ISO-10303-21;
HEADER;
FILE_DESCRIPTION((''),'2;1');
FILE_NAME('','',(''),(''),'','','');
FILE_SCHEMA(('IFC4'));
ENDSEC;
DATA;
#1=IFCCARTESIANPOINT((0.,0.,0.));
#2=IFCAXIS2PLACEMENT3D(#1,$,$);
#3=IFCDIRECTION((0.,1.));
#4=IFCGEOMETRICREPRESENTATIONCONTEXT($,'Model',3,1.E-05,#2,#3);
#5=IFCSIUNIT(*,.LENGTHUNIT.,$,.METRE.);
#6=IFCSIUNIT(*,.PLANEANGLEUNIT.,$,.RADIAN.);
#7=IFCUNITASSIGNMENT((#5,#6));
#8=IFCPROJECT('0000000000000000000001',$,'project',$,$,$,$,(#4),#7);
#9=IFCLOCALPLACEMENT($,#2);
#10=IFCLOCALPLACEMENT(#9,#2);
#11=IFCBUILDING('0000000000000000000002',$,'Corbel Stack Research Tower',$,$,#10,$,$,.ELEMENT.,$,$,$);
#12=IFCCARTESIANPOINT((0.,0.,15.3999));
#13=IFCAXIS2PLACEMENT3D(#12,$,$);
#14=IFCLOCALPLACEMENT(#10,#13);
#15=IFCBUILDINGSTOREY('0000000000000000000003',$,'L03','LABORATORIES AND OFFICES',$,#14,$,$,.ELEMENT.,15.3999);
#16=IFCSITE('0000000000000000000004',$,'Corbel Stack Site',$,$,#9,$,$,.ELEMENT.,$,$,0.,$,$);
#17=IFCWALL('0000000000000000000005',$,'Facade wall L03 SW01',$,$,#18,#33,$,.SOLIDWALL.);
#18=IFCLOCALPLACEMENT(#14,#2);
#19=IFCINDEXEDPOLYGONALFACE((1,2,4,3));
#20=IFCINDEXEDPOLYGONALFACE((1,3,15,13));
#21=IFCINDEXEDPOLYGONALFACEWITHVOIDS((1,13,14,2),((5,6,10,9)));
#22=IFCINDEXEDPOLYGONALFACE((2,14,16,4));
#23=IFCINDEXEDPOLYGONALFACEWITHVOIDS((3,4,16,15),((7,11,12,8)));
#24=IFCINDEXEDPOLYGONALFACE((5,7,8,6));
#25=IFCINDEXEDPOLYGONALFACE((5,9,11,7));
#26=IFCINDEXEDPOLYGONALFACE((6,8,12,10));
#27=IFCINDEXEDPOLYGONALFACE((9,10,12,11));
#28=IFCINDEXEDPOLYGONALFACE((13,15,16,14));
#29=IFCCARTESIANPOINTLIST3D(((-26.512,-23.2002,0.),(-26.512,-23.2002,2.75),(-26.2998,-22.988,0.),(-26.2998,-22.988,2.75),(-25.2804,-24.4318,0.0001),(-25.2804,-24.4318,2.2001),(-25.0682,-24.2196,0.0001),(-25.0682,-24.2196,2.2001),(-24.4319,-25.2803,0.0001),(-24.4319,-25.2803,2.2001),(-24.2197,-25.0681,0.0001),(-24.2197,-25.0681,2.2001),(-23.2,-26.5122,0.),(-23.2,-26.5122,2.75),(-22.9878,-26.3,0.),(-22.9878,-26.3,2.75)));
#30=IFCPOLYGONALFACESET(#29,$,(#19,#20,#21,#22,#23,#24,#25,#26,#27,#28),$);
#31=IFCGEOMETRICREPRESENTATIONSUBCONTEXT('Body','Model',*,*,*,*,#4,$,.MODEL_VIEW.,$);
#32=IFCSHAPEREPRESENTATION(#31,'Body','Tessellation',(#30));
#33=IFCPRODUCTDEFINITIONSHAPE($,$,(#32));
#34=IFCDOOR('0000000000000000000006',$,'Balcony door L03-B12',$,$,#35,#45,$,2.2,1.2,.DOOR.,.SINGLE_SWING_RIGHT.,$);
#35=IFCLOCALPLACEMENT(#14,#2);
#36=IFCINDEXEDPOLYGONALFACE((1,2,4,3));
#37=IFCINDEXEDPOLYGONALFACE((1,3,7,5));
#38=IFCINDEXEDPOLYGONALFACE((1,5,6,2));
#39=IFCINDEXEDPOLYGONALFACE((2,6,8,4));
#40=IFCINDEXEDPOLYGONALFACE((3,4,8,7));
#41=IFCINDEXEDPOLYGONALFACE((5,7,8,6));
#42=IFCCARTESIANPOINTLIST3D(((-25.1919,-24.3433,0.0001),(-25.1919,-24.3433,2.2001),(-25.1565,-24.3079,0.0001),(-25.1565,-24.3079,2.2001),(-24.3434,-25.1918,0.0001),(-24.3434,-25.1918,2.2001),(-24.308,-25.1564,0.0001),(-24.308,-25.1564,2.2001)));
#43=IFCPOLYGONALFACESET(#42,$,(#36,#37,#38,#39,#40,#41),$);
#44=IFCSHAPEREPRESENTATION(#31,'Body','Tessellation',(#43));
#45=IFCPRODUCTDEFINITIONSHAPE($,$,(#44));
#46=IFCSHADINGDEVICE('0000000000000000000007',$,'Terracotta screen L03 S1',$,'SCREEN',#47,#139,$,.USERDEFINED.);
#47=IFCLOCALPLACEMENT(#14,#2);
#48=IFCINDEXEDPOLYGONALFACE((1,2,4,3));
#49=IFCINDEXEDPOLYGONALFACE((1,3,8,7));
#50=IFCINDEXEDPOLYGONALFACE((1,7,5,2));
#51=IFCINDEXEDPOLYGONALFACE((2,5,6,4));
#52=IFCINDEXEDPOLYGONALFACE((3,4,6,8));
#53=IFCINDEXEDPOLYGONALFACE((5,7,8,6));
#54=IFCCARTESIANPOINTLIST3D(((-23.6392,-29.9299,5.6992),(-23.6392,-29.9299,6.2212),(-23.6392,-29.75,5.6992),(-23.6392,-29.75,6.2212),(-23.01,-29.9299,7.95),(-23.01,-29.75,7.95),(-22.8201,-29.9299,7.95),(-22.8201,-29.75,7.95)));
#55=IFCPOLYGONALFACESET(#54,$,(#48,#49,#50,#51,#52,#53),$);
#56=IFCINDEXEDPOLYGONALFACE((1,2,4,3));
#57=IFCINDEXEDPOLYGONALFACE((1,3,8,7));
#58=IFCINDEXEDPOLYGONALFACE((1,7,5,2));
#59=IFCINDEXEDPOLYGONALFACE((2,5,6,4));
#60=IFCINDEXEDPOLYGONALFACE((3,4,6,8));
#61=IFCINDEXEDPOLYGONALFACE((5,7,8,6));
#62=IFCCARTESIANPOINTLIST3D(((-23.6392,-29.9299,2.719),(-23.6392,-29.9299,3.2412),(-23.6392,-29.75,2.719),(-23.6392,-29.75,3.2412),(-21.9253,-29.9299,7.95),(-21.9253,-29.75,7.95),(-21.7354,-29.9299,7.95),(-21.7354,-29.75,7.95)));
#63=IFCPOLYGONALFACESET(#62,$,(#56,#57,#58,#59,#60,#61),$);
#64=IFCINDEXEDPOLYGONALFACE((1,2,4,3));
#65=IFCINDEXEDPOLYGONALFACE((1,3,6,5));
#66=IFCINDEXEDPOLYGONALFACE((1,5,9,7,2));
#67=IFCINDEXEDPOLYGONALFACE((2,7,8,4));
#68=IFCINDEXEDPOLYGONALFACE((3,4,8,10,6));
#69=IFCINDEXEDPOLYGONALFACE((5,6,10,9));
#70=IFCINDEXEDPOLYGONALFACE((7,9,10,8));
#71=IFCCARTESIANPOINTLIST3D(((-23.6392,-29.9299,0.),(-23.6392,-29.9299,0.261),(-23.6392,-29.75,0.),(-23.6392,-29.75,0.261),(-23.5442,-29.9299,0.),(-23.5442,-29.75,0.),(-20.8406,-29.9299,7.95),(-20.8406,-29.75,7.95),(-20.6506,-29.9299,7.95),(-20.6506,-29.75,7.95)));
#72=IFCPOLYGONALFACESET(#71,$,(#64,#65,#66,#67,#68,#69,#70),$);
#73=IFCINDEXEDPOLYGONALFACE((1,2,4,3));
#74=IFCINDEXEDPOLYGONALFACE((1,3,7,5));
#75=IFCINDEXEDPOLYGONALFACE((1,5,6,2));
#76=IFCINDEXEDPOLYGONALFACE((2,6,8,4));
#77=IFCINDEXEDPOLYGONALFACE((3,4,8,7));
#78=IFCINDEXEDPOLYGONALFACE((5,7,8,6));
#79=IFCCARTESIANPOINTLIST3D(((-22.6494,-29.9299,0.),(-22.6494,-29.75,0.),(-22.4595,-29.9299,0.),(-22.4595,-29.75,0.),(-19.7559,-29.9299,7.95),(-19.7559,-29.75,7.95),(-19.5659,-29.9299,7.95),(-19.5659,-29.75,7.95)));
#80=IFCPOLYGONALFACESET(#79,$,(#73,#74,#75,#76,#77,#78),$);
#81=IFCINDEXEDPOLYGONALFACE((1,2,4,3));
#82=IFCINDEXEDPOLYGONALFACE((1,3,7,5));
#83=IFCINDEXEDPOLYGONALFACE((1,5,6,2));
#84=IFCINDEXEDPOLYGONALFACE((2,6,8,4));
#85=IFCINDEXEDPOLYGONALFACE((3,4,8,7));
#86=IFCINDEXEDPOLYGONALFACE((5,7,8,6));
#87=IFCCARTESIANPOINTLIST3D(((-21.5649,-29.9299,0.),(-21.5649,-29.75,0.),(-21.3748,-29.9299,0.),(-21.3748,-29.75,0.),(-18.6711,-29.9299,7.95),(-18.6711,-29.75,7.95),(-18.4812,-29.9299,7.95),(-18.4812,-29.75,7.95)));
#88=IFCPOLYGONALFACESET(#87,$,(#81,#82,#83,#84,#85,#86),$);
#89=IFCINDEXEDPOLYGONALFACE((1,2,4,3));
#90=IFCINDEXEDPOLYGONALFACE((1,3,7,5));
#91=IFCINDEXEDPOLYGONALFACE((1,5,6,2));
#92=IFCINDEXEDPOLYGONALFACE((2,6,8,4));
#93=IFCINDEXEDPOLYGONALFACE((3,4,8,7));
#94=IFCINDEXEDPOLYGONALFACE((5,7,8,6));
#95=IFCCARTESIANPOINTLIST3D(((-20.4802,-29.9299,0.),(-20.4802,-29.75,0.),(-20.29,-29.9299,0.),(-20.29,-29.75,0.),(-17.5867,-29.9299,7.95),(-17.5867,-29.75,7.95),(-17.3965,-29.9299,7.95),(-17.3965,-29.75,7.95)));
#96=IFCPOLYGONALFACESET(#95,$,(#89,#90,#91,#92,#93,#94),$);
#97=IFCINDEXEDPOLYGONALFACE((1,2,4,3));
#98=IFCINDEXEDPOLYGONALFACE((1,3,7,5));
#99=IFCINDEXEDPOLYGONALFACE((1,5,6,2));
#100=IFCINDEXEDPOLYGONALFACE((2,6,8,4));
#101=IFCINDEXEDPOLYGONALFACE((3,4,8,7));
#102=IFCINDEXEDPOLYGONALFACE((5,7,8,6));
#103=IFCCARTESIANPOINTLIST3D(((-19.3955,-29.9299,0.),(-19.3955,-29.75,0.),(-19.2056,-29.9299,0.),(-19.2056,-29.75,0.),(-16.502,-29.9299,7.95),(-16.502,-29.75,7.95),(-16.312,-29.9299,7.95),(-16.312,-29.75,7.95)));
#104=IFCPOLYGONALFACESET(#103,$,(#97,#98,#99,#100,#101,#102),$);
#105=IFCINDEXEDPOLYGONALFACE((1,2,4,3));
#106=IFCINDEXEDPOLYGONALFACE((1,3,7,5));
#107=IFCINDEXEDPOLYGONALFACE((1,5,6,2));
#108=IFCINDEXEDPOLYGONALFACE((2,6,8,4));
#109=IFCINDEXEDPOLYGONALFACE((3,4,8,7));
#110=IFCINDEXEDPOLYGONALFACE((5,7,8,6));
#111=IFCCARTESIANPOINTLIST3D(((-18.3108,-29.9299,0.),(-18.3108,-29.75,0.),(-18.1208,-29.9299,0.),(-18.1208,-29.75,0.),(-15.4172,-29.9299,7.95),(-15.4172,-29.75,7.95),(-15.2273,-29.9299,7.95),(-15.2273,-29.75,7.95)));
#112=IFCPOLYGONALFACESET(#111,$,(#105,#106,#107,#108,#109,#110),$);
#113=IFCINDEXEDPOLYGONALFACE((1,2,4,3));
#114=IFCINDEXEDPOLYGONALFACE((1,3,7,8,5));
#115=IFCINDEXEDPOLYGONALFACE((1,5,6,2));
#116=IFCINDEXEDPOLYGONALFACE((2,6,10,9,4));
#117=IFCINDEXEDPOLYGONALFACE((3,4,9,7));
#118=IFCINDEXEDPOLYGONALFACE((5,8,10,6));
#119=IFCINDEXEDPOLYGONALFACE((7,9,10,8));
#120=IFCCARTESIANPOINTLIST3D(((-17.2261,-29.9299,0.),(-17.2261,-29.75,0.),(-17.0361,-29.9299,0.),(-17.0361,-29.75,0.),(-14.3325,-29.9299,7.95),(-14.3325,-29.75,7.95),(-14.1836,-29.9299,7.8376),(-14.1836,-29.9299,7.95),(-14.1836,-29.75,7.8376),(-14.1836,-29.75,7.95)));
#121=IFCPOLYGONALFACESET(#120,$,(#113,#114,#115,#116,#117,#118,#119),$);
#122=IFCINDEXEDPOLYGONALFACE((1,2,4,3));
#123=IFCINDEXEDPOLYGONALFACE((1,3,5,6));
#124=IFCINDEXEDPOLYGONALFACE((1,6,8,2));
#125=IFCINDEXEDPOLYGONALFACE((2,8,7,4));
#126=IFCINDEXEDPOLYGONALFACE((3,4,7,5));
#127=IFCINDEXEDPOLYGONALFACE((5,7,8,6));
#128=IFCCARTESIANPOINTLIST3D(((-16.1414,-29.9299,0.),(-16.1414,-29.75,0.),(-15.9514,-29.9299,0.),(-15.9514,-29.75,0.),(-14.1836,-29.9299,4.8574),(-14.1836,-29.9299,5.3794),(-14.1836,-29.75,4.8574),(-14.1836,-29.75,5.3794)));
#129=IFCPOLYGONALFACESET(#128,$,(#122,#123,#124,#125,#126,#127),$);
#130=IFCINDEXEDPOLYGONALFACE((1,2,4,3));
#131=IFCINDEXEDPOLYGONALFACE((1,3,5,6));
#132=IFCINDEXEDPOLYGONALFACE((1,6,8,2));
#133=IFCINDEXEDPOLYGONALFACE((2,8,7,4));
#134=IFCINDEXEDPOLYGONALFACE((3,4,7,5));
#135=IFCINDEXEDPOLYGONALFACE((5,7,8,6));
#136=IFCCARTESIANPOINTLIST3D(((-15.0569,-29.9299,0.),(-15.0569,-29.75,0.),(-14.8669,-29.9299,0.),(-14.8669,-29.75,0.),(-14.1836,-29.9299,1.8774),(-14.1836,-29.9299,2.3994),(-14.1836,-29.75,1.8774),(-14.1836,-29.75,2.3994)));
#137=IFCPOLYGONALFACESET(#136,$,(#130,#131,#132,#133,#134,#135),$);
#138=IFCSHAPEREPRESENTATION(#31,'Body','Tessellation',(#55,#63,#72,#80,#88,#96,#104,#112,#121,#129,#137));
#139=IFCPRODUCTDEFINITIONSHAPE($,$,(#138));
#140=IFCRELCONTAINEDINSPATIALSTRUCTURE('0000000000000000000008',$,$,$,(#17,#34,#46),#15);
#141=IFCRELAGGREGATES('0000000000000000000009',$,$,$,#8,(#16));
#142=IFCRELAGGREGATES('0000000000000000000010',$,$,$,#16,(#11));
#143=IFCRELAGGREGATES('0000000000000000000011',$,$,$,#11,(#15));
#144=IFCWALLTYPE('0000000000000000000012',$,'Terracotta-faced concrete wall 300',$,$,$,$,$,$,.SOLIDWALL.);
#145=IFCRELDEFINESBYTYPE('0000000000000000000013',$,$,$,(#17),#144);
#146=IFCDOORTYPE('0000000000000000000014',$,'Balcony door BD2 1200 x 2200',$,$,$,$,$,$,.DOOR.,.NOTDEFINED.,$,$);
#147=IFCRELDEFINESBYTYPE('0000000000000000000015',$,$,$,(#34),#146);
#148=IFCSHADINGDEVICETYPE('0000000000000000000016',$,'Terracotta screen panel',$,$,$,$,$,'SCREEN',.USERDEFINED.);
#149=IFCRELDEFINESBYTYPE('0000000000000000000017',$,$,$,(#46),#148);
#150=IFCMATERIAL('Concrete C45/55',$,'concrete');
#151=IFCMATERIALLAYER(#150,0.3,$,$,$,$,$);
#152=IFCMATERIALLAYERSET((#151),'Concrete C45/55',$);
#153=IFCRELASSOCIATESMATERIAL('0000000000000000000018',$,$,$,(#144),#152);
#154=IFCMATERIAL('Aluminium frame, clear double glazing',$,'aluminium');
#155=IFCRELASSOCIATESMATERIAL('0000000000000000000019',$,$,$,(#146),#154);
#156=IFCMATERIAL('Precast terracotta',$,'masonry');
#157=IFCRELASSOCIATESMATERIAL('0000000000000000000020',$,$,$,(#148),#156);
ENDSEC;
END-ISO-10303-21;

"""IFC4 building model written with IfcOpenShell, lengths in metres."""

from ifc_helpers import new_model, si_unit, direction, frame, frame_2d, origin, place, context, subcontext, project, spatial, polyline, rectangle, outline, extrude, source, transform, mapped, material, layer, layer_set, type_object, element, fill, save


model = new_model("IFC4")

# Units and contexts
model_context = context("Model", 3, precision=1e-05, world=origin(), true_north=direction((0.0, 1.0)))
body_context = subcontext(model_context, "Body", "Model", "MODEL_VIEW")
ifc_project = project(units=[si_unit("LENGTHUNIT", "METRE"), si_unit("PLANEANGLEUNIT", "RADIAN")], contexts=[model_context])

# Site, building, storey
site_placement = place(None, origin())
site = spatial("IfcSite", under=ifc_project, at=site_placement, Name="Corbel Stack Site", CompositionType="ELEMENT", RefElevation=0.0)
building_placement = place(site_placement, origin())
building = spatial("IfcBuilding", under=site, at=building_placement, Name="Corbel Stack Research Tower", CompositionType="ELEMENT")
storey_placement = place(building_placement, frame((0.0, 0.0, 15.3999)))
storey = spatial("IfcBuildingStorey", under=building, at=storey_placement, Name="L03", Description="LABORATORIES AND OFFICES", CompositionType="ELEMENT", Elevation=15.3999)

# Shared definitions
ifc_material_1 = material(Name="Concrete C45/55", Category="concrete")
ifc_layer_1 = layer(ifc_material_1, 0.3)
ifc_layer_set_1 = layer_set([ifc_layer_1], Name="Concrete C45/55")
wall_type_1 = type_object("IfcWallType", Name="Terracotta-faced concrete wall 300", PredefinedType="SOLIDWALL", material=ifc_layer_set_1)

# Wall, opening, door
wall_1_placement = place(storey_placement, frame((-23.094, -26.406, 0.0), z_axis=(0.0, 0.0, 1.0), x_axis=(-0.707107, 0.707107, 0.0)))
wall_1 = element("IfcWall", 1, at=wall_1_placement, inside=storey, type_object=wall_type_1, Name="Facade wall L03 SW01", PredefinedType="SOLIDWALL", context=body_context, shape_type="SweptSolid", body=[
    extrude(rectangle(XDim=4.6838, YDim=0.3, at=frame_2d((2.3418, 0.0))), origin(), (0.0, 0.0, 1.0), 2.75),
])
opening_1_placement = place(wall_1_placement, frame((1.7419, 0.0, 0.0)))
opening_1 = element("IfcOpeningElement", 2, at=opening_1_placement, cuts=wall_1, PredefinedType="OPENING", context=body_context, shape_type="SweptSolid", body=[
    extrude(rectangle(XDim=1.2, YDim=2.2, at=frame_2d((0.6001, 1.1001))), frame((0.0, 0.1599, 0.0), z_axis=(0.0, -1.0, 0.0), x_axis=(1.0, 0.0, 0.0)), (0.0, 0.0, 1.0), 0.3201),
])
ifc_material_2 = material(Name="Aluminium frame, clear double glazing", Category="aluminium")
door_type_1 = type_object("IfcDoorType", Name="Balcony door BD2 1200 x 2200", OperationType="NOTDEFINED", PredefinedType="DOOR", material=ifc_material_2)
door_1_placement = place(opening_1_placement, origin())
door_1 = element("IfcDoor", 3, at=door_1_placement, inside=storey, type_object=door_type_1, Name="Balcony door L03-B12", OperationType="SINGLE_SWING_RIGHT", OverallHeight=2.2, OverallWidth=1.2, PredefinedType="DOOR", context=body_context, shape_type="SweptSolid", body=[
    extrude(rectangle(XDim=1.2, YDim=2.2, at=frame_2d((0.6001, 1.1001))), frame((0.0, 0.0249, 0.0), z_axis=(0.0, -1.0, 0.0), x_axis=(1.0, 0.0, 0.0)), (0.0, 0.0, 1.0), 0.05),
])
fill(opening_1, door_1)

# Shading device
ifc_material_3 = material(Name="Precast terracotta", Category="masonry")
shading_device_type = type_object("IfcShadingDeviceType", Name="Terracotta screen panel", ElementType="SCREEN", PredefinedType="USERDEFINED", material=ifc_material_3)
shared_shape_1 = source(origin(), body_context, "Body", "SweptSolid", [
    extrude(outline(polyline([(0.8191, 7.95), (0.6292, 7.95), (0.0, 6.2212), (0.0, 5.6992), (0.8191, 7.95)])), frame((0.0, 0.0, 0.0), z_axis=(0.0, -1.0, 0.0), x_axis=(1.0, 0.0, 0.0)), (0.0, 0.0, 1.0), 0.1799),
    extrude(outline(polyline([(1.9038, 7.95), (1.7139, 7.95), (0.0, 3.2412), (0.0, 2.719), (1.9038, 7.95)])), frame((0.0, 0.0, 0.0), z_axis=(0.0, -1.0, 0.0), x_axis=(1.0, 0.0, 0.0)), (0.0, 0.0, 1.0), 0.1799),
    extrude(outline(polyline([(0.095, 0.0), (2.9885, 7.95), (2.7986, 7.95), (0.0, 0.261), (0.0, 0.0), (0.095, 0.0)])), frame((0.0, 0.0, 0.0), z_axis=(0.0, -1.0, 0.0), x_axis=(1.0, 0.0, 0.0)), (0.0, 0.0, 1.0), 0.1799),
    extrude(outline(polyline([(1.1797, 0.0), (4.0732, 7.95), (3.8833, 7.95), (0.9897, 0.0), (1.1797, 0.0)])), frame((0.0, 0.0, 0.0), z_axis=(0.0, -1.0, 0.0), x_axis=(1.0, 0.0, 0.0)), (0.0, 0.0, 1.0), 0.1799),
    extrude(outline(polyline([(2.2644, 0.0), (5.158, 7.95), (4.968, 7.95), (2.0742, 0.0), (2.2644, 0.0)])), frame((0.0, 0.0, 0.0), z_axis=(0.0, -1.0, 0.0), x_axis=(1.0, 0.0, 0.0)), (0.0, 0.0, 1.0), 0.1799),
    extrude(outline(polyline([(3.3491, 0.0), (6.2427, 7.95), (6.0525, 7.95), (3.1589, 0.0), (3.3491, 0.0)])), frame((0.0, 0.0, 0.0), z_axis=(0.0, -1.0, 0.0), x_axis=(1.0, 0.0, 0.0)), (0.0, 0.0, 1.0), 0.1799),
    extrude(outline(polyline([(4.4336, 0.0), (7.3271, 7.95), (7.1372, 7.95), (4.2437, 0.0), (4.4336, 0.0)])), frame((0.0, 0.0, 0.0), z_axis=(0.0, -1.0, 0.0), x_axis=(1.0, 0.0, 0.0)), (0.0, 0.0, 1.0), 0.1799),
    extrude(outline(polyline([(5.5183, 0.0), (8.4119, 7.95), (8.2219, 7.95), (5.3284, 0.0), (5.5183, 0.0)])), frame((0.0, 0.0, 0.0), z_axis=(0.0, -1.0, 0.0), x_axis=(1.0, 0.0, 0.0)), (0.0, 0.0, 1.0), 0.1799),
    extrude(outline(polyline([(6.603, 0.0), (9.4556, 7.8376), (9.4556, 7.95), (9.3066, 7.95), (6.4131, 0.0), (6.603, 0.0)])), frame((0.0, 0.0, 0.0), z_axis=(0.0, -1.0, 0.0), x_axis=(1.0, 0.0, 0.0)), (0.0, 0.0, 1.0), 0.1799),
    extrude(outline(polyline([(7.6877, 0.0), (9.4556, 4.8574), (9.4556, 5.3794), (7.4978, 0.0), (7.6877, 0.0)])), frame((0.0, 0.0, 0.0), z_axis=(0.0, -1.0, 0.0), x_axis=(1.0, 0.0, 0.0)), (0.0, 0.0, 1.0), 0.1799),
    extrude(outline(polyline([(8.7722, 0.0), (9.4556, 1.8774), (9.4556, 2.3994), (8.5823, 0.0), (8.7722, 0.0)])), frame((0.0, 0.0, 0.0), z_axis=(0.0, -1.0, 0.0), x_axis=(1.0, 0.0, 0.0)), (0.0, 0.0, 1.0), 0.1799),
])
shading_device_1_placement = place(storey_placement, frame((-23.6392, -29.75, 0.0), z_axis=(0.0, 0.0, 1.0), x_axis=(1.0, 0.0, 0.0)))
element("IfcShadingDevice", 4, at=shading_device_1_placement, inside=storey, type_object=shading_device_type, Name="Terracotta screen L03 S1", ObjectType="SCREEN", PredefinedType="USERDEFINED", context=body_context, shape_type="MappedRepresentation", body=[
    mapped(shared_shape_1, transform((0.0, 0.0, 0.0))),
])

save(model, "model.ifc")
